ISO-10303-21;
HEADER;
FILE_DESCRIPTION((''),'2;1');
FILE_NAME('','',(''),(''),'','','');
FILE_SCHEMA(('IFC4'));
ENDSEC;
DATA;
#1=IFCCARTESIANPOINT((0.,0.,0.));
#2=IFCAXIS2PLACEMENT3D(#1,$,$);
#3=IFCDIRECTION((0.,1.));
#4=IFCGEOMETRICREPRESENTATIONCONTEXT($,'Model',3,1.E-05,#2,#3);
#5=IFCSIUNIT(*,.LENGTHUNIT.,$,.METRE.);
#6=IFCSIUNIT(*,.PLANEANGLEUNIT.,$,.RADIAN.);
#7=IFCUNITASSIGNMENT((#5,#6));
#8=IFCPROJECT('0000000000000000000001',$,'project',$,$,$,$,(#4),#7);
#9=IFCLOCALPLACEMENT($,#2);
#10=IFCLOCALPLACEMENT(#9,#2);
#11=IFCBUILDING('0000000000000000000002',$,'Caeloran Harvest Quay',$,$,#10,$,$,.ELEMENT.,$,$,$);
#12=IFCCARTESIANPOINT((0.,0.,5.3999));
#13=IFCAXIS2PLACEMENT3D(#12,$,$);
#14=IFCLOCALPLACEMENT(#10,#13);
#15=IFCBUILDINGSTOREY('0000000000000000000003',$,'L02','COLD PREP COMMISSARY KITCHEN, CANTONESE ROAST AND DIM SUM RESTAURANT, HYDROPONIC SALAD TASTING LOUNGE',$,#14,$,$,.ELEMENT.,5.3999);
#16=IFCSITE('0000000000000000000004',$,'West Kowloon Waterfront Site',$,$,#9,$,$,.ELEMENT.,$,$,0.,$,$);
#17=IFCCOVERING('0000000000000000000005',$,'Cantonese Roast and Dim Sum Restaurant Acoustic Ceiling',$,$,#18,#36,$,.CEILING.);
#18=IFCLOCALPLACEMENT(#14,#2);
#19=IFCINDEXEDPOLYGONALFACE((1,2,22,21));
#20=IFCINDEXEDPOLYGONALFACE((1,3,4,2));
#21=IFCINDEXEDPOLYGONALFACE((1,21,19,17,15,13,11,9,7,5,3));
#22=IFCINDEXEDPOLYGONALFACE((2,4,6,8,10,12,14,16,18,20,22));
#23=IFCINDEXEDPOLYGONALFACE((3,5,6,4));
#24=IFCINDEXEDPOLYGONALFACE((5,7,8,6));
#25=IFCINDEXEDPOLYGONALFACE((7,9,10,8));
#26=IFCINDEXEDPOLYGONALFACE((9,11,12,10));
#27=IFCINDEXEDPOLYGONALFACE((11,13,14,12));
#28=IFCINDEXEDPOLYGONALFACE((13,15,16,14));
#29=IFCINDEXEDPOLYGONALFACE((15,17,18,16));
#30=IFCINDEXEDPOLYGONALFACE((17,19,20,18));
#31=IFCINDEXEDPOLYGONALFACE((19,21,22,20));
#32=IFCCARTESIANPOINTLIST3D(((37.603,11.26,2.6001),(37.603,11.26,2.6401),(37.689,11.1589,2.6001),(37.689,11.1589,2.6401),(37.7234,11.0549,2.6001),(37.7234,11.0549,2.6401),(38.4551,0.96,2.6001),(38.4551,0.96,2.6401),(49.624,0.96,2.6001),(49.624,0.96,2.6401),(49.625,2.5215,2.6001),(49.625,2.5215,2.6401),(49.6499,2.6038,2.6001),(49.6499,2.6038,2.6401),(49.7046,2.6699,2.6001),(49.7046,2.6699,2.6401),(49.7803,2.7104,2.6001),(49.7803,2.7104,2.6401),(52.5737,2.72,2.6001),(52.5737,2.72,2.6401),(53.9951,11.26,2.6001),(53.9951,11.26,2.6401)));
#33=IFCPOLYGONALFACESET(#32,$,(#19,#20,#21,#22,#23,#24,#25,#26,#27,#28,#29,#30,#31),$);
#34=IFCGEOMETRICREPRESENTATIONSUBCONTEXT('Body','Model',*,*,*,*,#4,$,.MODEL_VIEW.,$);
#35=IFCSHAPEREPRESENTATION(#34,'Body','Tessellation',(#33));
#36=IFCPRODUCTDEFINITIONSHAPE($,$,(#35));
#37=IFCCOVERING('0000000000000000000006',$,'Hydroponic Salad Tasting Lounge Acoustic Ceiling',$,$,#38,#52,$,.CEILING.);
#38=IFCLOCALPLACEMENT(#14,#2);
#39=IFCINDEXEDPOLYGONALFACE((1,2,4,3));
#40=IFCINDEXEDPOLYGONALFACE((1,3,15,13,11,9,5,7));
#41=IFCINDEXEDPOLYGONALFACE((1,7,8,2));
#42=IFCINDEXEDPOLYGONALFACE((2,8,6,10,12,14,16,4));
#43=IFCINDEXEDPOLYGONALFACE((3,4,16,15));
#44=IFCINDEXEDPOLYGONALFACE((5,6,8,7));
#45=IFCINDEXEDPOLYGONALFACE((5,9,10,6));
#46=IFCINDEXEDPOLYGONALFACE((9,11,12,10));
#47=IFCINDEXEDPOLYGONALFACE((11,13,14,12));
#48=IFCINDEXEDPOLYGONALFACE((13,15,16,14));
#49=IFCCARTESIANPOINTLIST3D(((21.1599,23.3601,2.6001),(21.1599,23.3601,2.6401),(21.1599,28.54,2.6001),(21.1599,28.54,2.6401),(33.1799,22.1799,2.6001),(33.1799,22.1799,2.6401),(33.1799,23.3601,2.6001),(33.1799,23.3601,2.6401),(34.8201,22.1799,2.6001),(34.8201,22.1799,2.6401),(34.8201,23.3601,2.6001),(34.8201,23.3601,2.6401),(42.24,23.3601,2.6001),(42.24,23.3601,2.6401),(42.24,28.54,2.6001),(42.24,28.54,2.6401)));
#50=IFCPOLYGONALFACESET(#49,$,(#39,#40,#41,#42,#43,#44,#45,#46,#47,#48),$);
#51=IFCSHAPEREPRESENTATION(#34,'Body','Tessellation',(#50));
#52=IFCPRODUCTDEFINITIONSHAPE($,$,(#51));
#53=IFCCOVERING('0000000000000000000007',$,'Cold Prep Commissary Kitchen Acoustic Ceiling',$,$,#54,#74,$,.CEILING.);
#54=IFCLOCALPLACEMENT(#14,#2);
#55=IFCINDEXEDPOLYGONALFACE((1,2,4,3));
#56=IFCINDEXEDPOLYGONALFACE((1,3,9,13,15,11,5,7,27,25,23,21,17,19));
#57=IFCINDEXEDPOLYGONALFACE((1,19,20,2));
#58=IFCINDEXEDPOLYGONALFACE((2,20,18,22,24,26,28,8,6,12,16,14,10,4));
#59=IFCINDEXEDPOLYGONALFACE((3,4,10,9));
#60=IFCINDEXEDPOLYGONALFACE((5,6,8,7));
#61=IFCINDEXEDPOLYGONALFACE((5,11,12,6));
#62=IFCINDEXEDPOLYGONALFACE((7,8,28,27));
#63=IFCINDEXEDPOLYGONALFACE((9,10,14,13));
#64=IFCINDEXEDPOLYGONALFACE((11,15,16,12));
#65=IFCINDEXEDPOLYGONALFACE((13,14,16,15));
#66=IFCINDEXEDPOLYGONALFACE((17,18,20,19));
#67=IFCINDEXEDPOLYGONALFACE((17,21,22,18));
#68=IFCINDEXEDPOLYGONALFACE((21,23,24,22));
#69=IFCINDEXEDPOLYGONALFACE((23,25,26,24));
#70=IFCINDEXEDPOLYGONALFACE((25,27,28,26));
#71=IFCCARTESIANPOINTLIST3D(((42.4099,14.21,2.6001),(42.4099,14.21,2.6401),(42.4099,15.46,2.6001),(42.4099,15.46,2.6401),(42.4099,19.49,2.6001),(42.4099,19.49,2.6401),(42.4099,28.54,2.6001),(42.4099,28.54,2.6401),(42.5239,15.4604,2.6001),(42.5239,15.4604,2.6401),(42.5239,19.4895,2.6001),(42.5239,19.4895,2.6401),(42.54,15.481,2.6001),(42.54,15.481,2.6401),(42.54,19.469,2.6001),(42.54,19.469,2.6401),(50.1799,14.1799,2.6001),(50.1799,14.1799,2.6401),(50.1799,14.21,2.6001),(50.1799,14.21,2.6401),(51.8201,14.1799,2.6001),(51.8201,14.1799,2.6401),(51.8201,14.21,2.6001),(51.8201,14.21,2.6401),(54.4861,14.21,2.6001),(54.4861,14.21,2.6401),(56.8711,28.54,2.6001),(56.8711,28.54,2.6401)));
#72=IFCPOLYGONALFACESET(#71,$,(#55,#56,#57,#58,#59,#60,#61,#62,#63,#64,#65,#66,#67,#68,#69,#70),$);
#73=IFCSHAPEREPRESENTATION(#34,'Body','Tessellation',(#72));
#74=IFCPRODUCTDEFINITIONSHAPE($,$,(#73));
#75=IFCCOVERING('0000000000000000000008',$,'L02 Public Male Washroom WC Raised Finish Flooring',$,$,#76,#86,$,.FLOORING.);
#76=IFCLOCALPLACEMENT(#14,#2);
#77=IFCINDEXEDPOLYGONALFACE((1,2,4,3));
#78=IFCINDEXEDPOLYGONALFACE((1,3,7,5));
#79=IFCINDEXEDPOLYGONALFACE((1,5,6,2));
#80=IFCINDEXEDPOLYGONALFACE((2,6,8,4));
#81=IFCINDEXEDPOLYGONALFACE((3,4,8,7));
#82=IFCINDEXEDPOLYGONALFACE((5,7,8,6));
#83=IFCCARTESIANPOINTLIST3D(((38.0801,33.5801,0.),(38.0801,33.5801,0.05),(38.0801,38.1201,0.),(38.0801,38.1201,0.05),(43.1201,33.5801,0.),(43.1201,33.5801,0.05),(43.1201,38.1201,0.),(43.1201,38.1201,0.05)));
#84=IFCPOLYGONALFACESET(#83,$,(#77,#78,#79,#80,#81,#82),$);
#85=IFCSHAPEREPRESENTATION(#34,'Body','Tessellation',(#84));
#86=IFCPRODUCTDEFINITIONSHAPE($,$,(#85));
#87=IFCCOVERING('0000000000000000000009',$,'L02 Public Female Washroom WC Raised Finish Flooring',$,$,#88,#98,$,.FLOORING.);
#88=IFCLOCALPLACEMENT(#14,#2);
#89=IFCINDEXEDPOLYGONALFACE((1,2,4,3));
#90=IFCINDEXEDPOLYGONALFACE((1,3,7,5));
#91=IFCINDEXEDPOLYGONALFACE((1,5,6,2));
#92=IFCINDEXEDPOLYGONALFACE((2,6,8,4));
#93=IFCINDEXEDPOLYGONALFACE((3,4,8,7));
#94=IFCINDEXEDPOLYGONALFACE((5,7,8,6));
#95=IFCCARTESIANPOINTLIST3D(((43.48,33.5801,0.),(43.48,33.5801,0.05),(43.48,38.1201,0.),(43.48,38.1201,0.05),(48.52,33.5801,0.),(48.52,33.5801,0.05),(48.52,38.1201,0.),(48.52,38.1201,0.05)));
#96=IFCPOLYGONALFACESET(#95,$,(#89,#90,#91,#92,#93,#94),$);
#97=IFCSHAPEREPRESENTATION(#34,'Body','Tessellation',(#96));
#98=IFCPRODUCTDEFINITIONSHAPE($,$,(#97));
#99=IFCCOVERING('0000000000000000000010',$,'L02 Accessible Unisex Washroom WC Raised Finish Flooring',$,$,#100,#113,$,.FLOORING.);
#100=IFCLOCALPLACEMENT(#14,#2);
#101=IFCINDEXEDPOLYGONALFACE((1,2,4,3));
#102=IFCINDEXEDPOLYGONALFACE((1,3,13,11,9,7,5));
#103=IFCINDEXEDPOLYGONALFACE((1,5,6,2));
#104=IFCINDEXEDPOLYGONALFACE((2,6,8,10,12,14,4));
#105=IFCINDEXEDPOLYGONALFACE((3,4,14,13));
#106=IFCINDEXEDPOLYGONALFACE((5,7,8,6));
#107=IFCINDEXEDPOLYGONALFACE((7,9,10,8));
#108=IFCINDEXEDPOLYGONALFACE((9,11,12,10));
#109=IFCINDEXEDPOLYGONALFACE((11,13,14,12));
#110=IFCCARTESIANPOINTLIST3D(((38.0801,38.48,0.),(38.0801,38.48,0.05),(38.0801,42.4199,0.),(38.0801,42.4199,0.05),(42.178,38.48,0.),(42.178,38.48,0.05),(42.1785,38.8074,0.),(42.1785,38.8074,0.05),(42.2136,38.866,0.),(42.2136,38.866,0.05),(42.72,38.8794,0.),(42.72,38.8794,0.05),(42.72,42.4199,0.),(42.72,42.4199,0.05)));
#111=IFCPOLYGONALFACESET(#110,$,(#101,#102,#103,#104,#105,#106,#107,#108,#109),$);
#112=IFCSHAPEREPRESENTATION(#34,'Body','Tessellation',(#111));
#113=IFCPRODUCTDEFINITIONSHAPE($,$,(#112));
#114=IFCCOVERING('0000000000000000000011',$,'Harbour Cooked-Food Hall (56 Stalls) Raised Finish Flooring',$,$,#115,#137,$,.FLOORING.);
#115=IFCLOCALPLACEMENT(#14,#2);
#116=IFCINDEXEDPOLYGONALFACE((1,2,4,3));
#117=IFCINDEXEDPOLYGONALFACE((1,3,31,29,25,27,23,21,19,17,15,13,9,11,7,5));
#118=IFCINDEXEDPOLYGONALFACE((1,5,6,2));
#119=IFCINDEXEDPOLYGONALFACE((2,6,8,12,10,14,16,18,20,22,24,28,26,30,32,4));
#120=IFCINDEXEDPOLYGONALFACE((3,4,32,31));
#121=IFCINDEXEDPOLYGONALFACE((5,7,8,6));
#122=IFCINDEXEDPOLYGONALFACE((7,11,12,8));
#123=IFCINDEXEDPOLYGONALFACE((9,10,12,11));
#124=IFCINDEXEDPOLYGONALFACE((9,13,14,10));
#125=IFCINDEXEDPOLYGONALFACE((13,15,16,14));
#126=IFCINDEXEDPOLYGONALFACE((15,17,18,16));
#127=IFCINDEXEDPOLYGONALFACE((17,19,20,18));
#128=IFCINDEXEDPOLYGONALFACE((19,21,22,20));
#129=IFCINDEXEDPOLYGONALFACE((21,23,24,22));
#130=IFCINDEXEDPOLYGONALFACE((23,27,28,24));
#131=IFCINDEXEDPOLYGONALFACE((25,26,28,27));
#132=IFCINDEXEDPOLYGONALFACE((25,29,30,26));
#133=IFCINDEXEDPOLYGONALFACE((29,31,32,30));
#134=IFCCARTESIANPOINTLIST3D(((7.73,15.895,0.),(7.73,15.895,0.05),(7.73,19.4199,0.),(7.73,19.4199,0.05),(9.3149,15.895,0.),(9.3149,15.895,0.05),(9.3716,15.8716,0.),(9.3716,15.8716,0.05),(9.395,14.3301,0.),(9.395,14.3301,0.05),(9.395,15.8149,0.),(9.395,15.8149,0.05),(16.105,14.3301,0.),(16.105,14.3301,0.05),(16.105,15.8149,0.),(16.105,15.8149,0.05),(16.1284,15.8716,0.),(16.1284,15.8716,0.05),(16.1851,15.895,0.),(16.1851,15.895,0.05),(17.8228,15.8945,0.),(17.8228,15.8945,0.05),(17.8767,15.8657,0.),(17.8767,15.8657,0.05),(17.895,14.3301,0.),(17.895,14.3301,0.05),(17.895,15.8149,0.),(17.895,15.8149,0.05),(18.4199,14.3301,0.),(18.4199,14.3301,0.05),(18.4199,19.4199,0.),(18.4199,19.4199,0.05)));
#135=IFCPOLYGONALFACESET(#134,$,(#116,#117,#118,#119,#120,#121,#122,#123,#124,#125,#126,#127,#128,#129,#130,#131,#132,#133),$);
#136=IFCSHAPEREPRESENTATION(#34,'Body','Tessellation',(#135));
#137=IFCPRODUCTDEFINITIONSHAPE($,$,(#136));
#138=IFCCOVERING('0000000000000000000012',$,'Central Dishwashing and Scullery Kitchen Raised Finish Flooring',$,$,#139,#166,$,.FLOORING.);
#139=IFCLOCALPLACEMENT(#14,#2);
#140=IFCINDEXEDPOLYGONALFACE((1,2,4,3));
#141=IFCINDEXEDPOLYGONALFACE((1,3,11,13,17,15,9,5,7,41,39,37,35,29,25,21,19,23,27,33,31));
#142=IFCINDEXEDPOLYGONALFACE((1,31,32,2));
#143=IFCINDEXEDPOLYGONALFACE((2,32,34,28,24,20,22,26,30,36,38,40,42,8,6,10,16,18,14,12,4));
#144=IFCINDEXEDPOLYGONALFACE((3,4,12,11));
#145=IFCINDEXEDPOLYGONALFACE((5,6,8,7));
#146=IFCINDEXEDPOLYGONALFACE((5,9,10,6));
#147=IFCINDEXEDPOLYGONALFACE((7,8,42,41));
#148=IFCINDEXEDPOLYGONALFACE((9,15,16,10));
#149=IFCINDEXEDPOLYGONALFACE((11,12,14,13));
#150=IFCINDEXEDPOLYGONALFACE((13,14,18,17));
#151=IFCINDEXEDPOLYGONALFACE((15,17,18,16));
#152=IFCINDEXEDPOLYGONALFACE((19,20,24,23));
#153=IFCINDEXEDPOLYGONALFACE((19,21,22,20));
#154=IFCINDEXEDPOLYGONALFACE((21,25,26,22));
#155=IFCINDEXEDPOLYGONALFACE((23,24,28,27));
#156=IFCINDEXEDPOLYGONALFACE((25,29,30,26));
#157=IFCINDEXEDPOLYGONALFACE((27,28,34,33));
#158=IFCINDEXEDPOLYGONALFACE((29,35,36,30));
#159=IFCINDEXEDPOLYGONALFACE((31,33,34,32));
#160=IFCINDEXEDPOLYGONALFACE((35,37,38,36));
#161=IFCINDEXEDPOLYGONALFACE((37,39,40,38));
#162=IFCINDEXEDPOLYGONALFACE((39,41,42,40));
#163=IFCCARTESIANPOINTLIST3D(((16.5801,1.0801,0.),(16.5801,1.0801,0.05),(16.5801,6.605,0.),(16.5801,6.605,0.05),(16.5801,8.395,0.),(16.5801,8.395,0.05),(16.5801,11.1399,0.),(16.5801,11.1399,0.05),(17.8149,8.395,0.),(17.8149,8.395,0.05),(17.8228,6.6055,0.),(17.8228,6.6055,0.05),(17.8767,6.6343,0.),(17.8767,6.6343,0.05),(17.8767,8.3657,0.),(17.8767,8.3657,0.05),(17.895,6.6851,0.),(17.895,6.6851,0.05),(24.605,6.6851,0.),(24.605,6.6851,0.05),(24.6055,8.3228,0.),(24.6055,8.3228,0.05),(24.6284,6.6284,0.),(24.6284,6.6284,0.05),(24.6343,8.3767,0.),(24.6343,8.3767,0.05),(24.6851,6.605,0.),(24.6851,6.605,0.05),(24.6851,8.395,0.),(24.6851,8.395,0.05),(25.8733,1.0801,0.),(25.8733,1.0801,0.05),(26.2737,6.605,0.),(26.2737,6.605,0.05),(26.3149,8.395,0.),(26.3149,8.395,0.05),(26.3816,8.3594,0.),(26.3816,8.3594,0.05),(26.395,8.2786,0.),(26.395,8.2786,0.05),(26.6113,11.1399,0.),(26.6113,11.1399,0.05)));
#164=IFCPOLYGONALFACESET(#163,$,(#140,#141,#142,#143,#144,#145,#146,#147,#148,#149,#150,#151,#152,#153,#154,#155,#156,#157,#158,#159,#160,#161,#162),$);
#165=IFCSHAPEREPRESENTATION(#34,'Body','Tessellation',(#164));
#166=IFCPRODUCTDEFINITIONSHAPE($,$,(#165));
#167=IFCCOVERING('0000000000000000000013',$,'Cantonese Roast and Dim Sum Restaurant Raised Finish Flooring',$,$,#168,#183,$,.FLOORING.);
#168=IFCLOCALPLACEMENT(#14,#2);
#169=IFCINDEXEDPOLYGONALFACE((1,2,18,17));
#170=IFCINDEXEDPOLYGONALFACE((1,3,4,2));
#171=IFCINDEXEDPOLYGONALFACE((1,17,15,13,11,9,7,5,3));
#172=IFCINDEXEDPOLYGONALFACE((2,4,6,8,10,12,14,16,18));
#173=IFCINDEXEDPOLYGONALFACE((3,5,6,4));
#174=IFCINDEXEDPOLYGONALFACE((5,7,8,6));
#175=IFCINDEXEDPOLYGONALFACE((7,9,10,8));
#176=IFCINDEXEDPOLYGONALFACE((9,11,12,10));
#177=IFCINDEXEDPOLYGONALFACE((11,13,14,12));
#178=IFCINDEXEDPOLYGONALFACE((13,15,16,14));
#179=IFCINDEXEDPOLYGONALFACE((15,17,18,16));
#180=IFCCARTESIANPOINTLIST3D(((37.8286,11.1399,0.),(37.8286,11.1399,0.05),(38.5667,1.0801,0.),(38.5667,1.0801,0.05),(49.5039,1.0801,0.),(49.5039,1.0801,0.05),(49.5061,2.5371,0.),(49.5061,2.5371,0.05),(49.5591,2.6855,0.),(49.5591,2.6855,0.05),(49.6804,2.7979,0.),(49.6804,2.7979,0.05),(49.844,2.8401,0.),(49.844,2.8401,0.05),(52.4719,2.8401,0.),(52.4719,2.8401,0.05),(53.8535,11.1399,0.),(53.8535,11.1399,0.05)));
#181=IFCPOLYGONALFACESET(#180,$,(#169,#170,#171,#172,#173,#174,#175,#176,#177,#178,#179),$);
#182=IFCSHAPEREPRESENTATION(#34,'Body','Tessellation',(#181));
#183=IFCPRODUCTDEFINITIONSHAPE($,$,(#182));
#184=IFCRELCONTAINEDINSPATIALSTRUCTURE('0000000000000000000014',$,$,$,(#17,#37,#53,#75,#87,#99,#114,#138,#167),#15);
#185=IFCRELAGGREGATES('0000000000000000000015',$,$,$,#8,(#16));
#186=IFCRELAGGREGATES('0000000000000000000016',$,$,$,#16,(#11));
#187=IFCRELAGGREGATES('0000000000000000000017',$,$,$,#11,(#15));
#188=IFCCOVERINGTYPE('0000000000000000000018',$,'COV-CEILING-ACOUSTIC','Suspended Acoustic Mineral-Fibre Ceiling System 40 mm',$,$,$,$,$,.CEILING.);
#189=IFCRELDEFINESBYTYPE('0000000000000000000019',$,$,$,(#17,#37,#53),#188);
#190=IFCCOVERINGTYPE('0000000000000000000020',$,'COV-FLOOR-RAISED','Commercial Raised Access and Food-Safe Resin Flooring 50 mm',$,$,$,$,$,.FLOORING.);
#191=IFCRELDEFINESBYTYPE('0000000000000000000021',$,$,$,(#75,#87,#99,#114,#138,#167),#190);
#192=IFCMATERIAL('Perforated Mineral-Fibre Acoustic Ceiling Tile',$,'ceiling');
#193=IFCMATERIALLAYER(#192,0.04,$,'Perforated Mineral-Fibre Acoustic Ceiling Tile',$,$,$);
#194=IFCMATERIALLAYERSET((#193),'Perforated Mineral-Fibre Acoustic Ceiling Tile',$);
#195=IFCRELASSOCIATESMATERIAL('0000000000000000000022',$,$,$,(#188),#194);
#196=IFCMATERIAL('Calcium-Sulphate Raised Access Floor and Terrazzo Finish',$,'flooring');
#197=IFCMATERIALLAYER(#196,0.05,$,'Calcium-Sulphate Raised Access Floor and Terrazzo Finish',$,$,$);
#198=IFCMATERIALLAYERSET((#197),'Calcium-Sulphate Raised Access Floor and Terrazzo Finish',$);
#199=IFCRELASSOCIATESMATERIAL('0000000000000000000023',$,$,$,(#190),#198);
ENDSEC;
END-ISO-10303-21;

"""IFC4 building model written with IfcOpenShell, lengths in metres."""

from ifc_helpers import new_model, si_unit, direction, frame, origin, place, context, subcontext, project, spatial, polyline, outline, extrude, material, layer, layer_set, type_object, element, save


model = new_model("IFC4")

# Units and contexts
model_context = context("Model", 3, precision=1e-05, world=origin(), true_north=direction((0.0, 1.0)))
body_context = subcontext(model_context, "Body", "Model", "MODEL_VIEW")
ifc_project = project(units=[si_unit("LENGTHUNIT", "METRE"), si_unit("PLANEANGLEUNIT", "RADIAN")], contexts=[model_context])

# Site, building, storey
site_placement = place(None, origin())
site = spatial("IfcSite", under=ifc_project, at=site_placement, Name="West Kowloon Waterfront Site", CompositionType="ELEMENT", RefElevation=0.0)
building_placement = place(site_placement, origin())
building = spatial("IfcBuilding", under=site, at=building_placement, Name="Caeloran Harvest Quay", CompositionType="ELEMENT")
storey_placement = place(building_placement, frame((0.0, 0.0, 5.3999)))
storey = spatial("IfcBuildingStorey", under=building, at=storey_placement, Name="L02", Description="COLD PREP COMMISSARY KITCHEN, CANTONESE ROAST AND DIM SUM RESTAURANT, HYDROPONIC SALAD TASTING LOUNGE", CompositionType="ELEMENT", Elevation=5.3999)

# Coverings
ifc_material_1 = material(Name="Perforated Mineral-Fibre Acoustic Ceiling Tile", Category="ceiling")
ifc_layer_1 = layer(ifc_material_1, 0.04, Name="Perforated Mineral-Fibre Acoustic Ceiling Tile")
ifc_layer_set_1 = layer_set([ifc_layer_1], Name="Perforated Mineral-Fibre Acoustic Ceiling Tile")
covering_type_1 = type_object("IfcCoveringType", Name="COV-CEILING-ACOUSTIC", Description="Suspended Acoustic Mineral-Fibre Ceiling System 40 mm", PredefinedType="CEILING", material=ifc_layer_set_1)
covering_1_placement = place(storey_placement, frame((0.0, 0.0, 2.6001)))
element("IfcCovering", 1, at=covering_1_placement, inside=storey, type_object=covering_type_1, Name="Cantonese Roast and Dim Sum Restaurant Acoustic Ceiling", PredefinedType="CEILING", context=body_context, shape_type="SweptSolid", body=[
    extrude(outline(polyline([(52.5737, 2.72), (49.7803, 2.7104), (49.7046, 2.6699), (49.6499, 2.6038), (49.625, 2.5215), (49.624, 0.96), (38.4551, 0.96), (37.7234, 11.0549), (37.689, 11.1589), (37.603, 11.26), (53.9951, 11.26), (52.5737, 2.72)])), origin(), (0.0, 0.0, 1.0), 0.04),
])
covering_2_placement = place(storey_placement, frame((0.0, 0.0, 2.6001)))
element("IfcCovering", 2, at=covering_2_placement, inside=storey, type_object=covering_type_1, Name="Hydroponic Salad Tasting Lounge Acoustic Ceiling", PredefinedType="CEILING", context=body_context, shape_type="SweptSolid", body=[
    extrude(outline(polyline([(34.8201, 22.1799), (33.1799, 22.1799), (33.1799, 23.3601), (21.1599, 23.3601), (21.1599, 28.54), (42.24, 28.54), (42.24, 23.3601), (34.8201, 23.3601), (34.8201, 22.1799)])), origin(), (0.0, 0.0, 1.0), 0.04),
])
covering_3_placement = place(storey_placement, frame((0.0, 0.0, 2.6001)))
element("IfcCovering", 3, at=covering_3_placement, inside=storey, type_object=covering_type_1, Name="Cold Prep Commissary Kitchen Acoustic Ceiling", PredefinedType="CEILING", context=body_context, shape_type="SweptSolid", body=[
    extrude(outline(polyline([(51.8201, 14.1799), (50.1799, 14.1799), (50.1799, 14.21), (42.4099, 14.21), (42.4099, 15.46), (42.5239, 15.4604), (42.54, 15.481), (42.54, 19.469), (42.5239, 19.4895), (42.4099, 19.49), (42.4099, 28.54), (56.8711, 28.54), (54.4861, 14.21), (51.8201, 14.21), (51.8201, 14.1799)])), origin(), (0.0, 0.0, 1.0), 0.04),
])
ifc_material_2 = material(Name="Calcium-Sulphate Raised Access Floor and Terrazzo Finish", Category="flooring")
ifc_layer_2 = layer(ifc_material_2, 0.05, Name="Calcium-Sulphate Raised Access Floor and Terrazzo Finish")
ifc_layer_set_2 = layer_set([ifc_layer_2], Name="Calcium-Sulphate Raised Access Floor and Terrazzo Finish")
covering_type_2 = type_object("IfcCoveringType", Name="COV-FLOOR-RAISED", Description="Commercial Raised Access and Food-Safe Resin Flooring 50 mm", PredefinedType="FLOORING", material=ifc_layer_set_2)
covering_4_placement = place(storey_placement, origin())
element("IfcCovering", 4, at=covering_4_placement, inside=storey, type_object=covering_type_2, Name="L02 Public Male Washroom WC Raised Finish Flooring", PredefinedType="FLOORING", context=body_context, shape_type="SweptSolid", body=[
    extrude(outline(polyline([(43.1201, 38.1201), (43.1201, 33.5801), (38.0801, 33.5801), (38.0801, 38.1201), (43.1201, 38.1201)])), origin(), (0.0, 0.0, 1.0), 0.05),
])
covering_5_placement = place(storey_placement, origin())
element("IfcCovering", 5, at=covering_5_placement, inside=storey, type_object=covering_type_2, Name="L02 Public Female Washroom WC Raised Finish Flooring", PredefinedType="FLOORING", context=body_context, shape_type="SweptSolid", body=[
    extrude(outline(polyline([(48.52, 38.1201), (48.52, 33.5801), (43.48, 33.5801), (43.48, 38.1201), (48.52, 38.1201)])), origin(), (0.0, 0.0, 1.0), 0.05),
])
covering_6_placement = place(storey_placement, origin())
element("IfcCovering", 6, at=covering_6_placement, inside=storey, type_object=covering_type_2, Name="L02 Accessible Unisex Washroom WC Raised Finish Flooring", PredefinedType="FLOORING", context=body_context, shape_type="SweptSolid", body=[
    extrude(outline(polyline([(42.72, 38.8794), (42.2136, 38.866), (42.1785, 38.8074), (42.178, 38.48), (38.0801, 38.48), (38.0801, 42.4199), (42.72, 42.4199), (42.72, 38.8794)])), origin(), (0.0, 0.0, 1.0), 0.05),
])
covering_7_placement = place(storey_placement, origin())
element("IfcCovering", 7, at=covering_7_placement, inside=storey, type_object=covering_type_2, Name="Harbour Cooked-Food Hall (56 Stalls) Raised Finish Flooring", PredefinedType="FLOORING", context=body_context, shape_type="SweptSolid", body=[
    extrude(outline(polyline([(7.73, 15.895), (7.73, 19.4199), (18.4199, 19.4199), (18.4199, 14.3301), (17.895, 14.3301), (17.895, 15.8149), (17.8767, 15.8657), (17.8228, 15.8945), (16.1851, 15.895), (16.1284, 15.8716), (16.105, 15.8149), (16.105, 14.3301), (9.395, 14.3301), (9.395, 15.8149), (9.3716, 15.8716), (9.3149, 15.895), (7.73, 15.895)])), origin(), (0.0, 0.0, 1.0), 0.05),
])
covering_8_placement = place(storey_placement, origin())
element("IfcCovering", 8, at=covering_8_placement, inside=storey, type_object=covering_type_2, Name="Central Dishwashing and Scullery Kitchen Raised Finish Flooring", PredefinedType="FLOORING", context=body_context, shape_type="SweptSolid", body=[
    extrude(outline(polyline([(26.2737, 6.605), (25.8733, 1.0801), (16.5801, 1.0801), (16.5801, 6.605), (17.8228, 6.6055), (17.8767, 6.6343), (17.895, 6.6851), (17.8767, 8.3657), (17.8149, 8.395), (16.5801, 8.395), (16.5801, 11.1399), (26.6113, 11.1399), (26.395, 8.2786), (26.3816, 8.3594), (26.3149, 8.395), (24.6851, 8.395), (24.6343, 8.3767), (24.6055, 8.3228), (24.605, 6.6851), (24.6284, 6.6284), (24.6851, 6.605), (26.2737, 6.605)])), origin(), (0.0, 0.0, 1.0), 0.05),
])
covering_9_placement = place(storey_placement, origin())
element("IfcCovering", 9, at=covering_9_placement, inside=storey, type_object=covering_type_2, Name="Cantonese Roast and Dim Sum Restaurant Raised Finish Flooring", PredefinedType="FLOORING", context=body_context, shape_type="SweptSolid", body=[
    extrude(outline(polyline([(37.8286, 11.1399), (53.8535, 11.1399), (52.4719, 2.8401), (49.844, 2.8401), (49.6804, 2.7979), (49.5591, 2.6855), (49.5061, 2.5371), (49.5039, 1.0801), (38.5667, 1.0801), (37.8286, 11.1399)])), origin(), (0.0, 0.0, 1.0), 0.05),
])

save(model, "model.ifc")
